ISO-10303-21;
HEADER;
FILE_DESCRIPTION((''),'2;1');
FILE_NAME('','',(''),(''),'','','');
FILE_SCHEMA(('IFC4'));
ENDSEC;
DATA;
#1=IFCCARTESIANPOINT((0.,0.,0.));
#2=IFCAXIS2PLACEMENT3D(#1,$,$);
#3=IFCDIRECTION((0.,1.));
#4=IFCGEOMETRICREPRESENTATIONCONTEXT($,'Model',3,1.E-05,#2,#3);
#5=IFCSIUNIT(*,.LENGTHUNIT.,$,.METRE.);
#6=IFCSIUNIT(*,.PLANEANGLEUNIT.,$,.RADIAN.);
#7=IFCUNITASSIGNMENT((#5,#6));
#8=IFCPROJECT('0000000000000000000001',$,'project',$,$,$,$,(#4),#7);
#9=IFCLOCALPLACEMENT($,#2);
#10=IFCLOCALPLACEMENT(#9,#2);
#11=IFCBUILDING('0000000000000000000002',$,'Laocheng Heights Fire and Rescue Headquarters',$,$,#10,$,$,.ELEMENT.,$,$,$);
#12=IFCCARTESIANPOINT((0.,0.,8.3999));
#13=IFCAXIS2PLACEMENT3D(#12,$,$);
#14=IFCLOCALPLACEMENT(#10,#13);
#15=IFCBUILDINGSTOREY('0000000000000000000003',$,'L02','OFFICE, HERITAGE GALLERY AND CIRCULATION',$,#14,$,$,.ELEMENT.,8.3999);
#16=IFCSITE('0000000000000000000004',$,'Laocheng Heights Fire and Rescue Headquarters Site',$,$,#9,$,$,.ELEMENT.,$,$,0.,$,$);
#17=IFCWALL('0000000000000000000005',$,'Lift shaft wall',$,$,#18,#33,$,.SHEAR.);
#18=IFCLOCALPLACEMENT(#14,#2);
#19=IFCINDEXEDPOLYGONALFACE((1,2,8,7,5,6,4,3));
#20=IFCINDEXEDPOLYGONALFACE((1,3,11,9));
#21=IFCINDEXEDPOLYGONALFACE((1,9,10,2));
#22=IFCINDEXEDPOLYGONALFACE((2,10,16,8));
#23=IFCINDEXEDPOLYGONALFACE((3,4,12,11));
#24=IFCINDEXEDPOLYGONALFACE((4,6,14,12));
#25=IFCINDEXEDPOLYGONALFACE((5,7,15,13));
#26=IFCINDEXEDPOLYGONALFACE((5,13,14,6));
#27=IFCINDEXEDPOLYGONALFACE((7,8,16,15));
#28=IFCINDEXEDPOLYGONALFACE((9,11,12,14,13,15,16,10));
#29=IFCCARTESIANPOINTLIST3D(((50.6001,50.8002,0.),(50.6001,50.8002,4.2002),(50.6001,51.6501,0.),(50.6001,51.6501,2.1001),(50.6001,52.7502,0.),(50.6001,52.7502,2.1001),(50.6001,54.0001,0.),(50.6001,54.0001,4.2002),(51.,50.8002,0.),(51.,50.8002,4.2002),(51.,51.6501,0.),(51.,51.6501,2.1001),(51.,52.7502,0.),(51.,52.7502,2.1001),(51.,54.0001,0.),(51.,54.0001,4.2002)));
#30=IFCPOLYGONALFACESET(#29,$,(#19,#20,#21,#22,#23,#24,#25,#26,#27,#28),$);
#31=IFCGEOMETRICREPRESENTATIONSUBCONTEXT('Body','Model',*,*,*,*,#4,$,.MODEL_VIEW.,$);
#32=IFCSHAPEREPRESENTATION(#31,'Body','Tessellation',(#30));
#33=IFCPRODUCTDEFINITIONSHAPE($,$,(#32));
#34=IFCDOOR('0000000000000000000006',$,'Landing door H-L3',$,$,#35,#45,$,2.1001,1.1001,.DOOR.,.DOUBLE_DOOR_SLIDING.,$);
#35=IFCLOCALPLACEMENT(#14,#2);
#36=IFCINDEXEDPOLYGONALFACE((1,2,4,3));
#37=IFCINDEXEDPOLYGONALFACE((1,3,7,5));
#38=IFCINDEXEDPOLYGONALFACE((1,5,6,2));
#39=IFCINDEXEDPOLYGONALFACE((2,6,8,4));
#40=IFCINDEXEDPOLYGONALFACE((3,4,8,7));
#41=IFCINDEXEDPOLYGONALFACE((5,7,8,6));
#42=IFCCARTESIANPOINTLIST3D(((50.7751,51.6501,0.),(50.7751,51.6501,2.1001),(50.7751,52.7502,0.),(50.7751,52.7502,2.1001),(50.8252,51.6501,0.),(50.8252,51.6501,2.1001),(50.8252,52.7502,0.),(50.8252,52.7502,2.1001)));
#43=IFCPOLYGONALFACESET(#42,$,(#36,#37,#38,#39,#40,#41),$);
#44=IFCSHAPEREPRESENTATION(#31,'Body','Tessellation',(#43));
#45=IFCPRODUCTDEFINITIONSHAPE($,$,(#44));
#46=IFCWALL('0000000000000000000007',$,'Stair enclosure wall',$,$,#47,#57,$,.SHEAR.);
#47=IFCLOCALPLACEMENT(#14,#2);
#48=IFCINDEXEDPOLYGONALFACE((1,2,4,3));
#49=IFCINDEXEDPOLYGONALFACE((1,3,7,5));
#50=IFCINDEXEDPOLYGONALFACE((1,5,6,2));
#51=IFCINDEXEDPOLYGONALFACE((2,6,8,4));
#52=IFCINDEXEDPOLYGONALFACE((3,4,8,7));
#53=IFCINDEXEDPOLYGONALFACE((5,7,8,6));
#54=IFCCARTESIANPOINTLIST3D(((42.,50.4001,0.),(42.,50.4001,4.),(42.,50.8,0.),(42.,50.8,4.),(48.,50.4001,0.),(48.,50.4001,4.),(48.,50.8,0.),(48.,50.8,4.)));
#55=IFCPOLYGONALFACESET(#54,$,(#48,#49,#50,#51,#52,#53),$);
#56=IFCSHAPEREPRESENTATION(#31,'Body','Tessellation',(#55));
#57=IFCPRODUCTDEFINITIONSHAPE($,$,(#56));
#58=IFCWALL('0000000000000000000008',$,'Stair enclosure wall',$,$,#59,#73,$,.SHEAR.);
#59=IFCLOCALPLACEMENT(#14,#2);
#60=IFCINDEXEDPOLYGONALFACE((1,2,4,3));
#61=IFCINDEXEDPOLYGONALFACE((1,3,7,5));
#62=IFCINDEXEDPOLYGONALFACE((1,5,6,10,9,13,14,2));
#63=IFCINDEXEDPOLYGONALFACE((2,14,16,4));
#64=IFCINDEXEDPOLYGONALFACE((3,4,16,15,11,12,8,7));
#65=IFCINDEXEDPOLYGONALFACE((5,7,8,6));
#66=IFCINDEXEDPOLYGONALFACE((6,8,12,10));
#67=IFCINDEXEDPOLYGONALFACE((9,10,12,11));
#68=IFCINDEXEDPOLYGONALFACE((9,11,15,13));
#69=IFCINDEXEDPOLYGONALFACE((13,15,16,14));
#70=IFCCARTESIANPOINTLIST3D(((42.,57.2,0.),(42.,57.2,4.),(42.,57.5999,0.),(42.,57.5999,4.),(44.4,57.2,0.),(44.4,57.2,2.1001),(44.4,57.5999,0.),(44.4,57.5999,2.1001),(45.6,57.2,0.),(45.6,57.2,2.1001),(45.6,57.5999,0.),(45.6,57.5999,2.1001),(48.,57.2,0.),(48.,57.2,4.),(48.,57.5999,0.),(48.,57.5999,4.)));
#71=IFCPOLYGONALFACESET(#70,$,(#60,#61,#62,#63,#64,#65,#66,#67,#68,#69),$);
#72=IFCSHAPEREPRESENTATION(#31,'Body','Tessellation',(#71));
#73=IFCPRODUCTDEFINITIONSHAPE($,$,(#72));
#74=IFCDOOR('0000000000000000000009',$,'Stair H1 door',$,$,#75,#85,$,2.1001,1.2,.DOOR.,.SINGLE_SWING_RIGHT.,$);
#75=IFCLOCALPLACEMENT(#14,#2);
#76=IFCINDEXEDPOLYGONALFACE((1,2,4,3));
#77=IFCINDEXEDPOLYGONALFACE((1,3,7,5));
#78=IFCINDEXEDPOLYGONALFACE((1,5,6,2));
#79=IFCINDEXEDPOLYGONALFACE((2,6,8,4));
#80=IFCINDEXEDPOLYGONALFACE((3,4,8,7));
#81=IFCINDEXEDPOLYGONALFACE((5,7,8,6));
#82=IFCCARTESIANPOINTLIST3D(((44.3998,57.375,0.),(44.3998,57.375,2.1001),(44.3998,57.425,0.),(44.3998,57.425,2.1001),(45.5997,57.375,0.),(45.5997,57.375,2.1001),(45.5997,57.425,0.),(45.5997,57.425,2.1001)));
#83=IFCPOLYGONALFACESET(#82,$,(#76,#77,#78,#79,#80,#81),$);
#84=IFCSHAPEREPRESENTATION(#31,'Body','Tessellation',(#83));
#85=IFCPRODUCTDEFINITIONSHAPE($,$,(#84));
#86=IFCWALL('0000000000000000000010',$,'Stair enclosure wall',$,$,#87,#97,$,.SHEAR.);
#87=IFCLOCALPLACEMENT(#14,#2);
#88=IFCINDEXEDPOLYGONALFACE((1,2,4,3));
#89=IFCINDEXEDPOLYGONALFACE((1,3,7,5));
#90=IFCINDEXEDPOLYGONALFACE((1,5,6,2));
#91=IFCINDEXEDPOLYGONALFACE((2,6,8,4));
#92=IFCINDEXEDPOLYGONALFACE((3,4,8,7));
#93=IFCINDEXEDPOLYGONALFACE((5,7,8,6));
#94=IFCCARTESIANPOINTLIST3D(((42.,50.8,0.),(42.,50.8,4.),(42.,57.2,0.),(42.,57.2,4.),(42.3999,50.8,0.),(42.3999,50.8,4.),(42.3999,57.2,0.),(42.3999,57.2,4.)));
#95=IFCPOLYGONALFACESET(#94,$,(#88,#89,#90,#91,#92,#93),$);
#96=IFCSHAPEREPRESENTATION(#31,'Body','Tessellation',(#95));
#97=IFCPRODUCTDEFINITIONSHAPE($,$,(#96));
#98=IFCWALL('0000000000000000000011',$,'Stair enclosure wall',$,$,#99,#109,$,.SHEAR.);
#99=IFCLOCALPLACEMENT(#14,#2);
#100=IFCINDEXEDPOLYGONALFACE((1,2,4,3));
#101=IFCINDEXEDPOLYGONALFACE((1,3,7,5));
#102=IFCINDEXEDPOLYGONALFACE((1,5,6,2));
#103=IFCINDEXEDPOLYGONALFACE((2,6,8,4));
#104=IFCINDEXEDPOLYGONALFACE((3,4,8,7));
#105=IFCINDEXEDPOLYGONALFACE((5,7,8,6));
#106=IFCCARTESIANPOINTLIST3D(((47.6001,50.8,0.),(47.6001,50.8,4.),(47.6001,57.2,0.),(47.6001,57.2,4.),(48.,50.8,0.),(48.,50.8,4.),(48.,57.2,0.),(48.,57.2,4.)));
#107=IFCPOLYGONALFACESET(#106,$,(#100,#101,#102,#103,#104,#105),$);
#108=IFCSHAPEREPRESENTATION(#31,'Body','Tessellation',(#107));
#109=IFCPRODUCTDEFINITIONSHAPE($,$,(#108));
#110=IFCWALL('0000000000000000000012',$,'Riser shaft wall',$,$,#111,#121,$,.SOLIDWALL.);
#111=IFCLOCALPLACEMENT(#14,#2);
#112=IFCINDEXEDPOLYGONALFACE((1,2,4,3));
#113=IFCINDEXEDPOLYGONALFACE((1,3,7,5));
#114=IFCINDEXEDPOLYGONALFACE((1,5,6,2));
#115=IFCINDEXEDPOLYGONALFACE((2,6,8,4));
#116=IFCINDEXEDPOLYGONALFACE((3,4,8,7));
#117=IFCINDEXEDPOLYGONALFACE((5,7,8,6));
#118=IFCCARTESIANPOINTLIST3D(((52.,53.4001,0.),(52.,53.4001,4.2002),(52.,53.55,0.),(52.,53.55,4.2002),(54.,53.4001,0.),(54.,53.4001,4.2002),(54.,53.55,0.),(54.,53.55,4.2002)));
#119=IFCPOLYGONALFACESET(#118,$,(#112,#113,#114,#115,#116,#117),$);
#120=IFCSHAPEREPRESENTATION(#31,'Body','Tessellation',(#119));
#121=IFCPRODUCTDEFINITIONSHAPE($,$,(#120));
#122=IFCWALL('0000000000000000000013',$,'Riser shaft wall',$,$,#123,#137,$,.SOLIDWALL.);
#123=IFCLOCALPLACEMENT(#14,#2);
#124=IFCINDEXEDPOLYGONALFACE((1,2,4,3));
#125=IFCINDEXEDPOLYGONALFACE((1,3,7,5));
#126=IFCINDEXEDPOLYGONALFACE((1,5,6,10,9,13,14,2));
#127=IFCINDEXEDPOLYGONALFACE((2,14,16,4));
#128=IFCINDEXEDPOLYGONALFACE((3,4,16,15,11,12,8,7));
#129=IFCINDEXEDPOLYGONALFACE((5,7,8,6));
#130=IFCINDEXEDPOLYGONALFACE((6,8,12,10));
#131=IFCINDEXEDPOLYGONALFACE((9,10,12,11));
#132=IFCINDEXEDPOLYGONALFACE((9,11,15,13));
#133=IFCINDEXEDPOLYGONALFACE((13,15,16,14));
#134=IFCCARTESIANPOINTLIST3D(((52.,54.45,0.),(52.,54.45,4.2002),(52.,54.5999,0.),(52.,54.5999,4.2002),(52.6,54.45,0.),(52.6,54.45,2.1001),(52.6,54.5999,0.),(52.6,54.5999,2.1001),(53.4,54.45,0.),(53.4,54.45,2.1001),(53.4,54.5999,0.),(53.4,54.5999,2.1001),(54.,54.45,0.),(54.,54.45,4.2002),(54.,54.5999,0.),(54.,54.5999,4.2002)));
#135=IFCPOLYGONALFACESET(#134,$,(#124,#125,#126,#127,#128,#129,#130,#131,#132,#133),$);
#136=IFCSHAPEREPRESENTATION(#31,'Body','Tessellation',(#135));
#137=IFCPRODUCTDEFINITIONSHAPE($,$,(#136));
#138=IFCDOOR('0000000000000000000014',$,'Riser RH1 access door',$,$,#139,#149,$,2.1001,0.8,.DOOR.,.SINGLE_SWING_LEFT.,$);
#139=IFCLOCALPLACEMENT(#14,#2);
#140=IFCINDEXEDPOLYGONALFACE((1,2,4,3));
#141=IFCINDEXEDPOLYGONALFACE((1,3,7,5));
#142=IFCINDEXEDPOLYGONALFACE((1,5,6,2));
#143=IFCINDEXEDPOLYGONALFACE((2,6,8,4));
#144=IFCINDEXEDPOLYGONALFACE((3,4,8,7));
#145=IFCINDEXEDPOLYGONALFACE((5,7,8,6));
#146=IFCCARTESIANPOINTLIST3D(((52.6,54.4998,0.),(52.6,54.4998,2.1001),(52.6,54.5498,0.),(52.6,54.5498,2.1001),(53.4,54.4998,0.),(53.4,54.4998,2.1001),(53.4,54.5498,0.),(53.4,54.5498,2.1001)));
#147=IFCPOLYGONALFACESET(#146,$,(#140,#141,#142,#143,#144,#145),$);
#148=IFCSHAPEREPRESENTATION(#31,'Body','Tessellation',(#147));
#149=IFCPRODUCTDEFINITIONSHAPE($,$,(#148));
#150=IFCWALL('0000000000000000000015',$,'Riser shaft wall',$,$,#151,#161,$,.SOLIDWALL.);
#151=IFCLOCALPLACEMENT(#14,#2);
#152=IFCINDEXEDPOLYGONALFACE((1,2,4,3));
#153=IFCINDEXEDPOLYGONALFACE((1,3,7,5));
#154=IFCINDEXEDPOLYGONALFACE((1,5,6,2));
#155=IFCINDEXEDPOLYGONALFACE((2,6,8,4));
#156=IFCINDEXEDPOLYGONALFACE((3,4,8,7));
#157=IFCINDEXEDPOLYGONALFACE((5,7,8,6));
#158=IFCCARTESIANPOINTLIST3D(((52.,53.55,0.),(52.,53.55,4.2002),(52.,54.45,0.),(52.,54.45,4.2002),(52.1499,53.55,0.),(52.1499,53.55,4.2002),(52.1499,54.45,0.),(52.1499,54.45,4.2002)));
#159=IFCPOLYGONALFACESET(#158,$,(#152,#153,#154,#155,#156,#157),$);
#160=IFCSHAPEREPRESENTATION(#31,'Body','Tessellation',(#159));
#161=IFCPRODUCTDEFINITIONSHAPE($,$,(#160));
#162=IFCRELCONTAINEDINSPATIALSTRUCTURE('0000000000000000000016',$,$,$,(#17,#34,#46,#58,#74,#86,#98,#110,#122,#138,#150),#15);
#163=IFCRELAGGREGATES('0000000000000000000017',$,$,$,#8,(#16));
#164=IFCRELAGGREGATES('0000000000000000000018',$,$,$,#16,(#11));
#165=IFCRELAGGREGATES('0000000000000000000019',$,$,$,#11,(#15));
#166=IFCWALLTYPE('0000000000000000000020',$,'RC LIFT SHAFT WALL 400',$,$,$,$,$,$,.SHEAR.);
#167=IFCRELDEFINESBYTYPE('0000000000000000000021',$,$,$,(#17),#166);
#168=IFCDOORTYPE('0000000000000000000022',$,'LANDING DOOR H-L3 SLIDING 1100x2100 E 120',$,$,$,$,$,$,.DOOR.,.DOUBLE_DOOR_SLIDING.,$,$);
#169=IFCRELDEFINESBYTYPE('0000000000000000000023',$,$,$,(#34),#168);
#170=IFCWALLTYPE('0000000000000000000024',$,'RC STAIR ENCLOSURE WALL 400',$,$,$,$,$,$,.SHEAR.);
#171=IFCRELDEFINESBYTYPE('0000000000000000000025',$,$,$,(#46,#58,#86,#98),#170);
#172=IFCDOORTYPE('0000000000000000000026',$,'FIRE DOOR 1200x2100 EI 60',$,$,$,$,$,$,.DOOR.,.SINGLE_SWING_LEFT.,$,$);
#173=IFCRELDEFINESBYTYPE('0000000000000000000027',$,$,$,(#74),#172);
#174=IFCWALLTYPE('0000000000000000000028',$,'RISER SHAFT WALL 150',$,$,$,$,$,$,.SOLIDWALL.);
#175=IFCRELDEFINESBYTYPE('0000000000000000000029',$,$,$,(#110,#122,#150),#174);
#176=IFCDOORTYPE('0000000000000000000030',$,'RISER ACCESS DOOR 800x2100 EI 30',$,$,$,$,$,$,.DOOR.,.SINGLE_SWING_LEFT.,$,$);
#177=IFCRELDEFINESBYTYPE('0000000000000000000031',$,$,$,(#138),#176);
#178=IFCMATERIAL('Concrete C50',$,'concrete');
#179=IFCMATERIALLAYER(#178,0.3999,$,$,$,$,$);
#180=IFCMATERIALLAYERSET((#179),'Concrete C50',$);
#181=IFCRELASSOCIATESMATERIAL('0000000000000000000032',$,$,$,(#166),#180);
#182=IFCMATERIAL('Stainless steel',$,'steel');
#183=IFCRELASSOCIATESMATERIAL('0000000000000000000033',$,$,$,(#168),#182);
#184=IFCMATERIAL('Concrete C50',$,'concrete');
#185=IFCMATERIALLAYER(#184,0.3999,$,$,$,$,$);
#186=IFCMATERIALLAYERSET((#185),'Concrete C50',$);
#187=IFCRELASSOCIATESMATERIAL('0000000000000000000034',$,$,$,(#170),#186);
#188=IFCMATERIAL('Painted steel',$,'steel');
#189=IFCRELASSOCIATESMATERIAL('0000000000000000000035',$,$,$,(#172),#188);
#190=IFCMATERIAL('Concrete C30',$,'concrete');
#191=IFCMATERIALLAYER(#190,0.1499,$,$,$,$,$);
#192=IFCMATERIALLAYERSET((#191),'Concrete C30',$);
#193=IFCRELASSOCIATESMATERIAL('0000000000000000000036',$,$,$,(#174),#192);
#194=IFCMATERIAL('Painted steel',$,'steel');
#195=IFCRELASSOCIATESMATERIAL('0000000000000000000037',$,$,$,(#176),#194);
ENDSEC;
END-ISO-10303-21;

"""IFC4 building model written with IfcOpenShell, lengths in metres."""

from ifc_helpers import new_model, si_unit, direction, frame, frame_2d, origin, place, context, subcontext, project, spatial, rectangle, extrude, material, layer, layer_set, type_object, element, fill, save


model = new_model("IFC4")

# Units and contexts
model_context = context("Model", 3, precision=1e-05, world=origin(), true_north=direction((0.0, 1.0)))
body_context = subcontext(model_context, "Body", "Model", "MODEL_VIEW")
ifc_project = project(units=[si_unit("LENGTHUNIT", "METRE"), si_unit("PLANEANGLEUNIT", "RADIAN")], contexts=[model_context])

# Site, building, storey
site_placement = place(None, origin())
site = spatial("IfcSite", under=ifc_project, at=site_placement, Name="Laocheng Heights Fire and Rescue Headquarters Site", CompositionType="ELEMENT", RefElevation=0.0)
building_placement = place(site_placement, origin())
building = spatial("IfcBuilding", under=site, at=building_placement, Name="Laocheng Heights Fire and Rescue Headquarters", CompositionType="ELEMENT")
storey_placement = place(building_placement, frame((0.0, 0.0, 8.3999)))
storey = spatial("IfcBuildingStorey", under=building, at=storey_placement, Name="L02", Description="OFFICE, HERITAGE GALLERY AND CIRCULATION", CompositionType="ELEMENT", Elevation=8.3999)

# Shared definitions
ifc_material_1 = material(Name="Concrete C50", Category="concrete")
ifc_layer_1 = layer(ifc_material_1, 0.3999)
ifc_layer_set_1 = layer_set([ifc_layer_1], Name="Concrete C50")
wall_type_1 = type_object("IfcWallType", Name="RC LIFT SHAFT WALL 400", PredefinedType="SHEAR", material=ifc_layer_set_1)

# Wall, opening, door
wall_1_placement = place(storey_placement, frame((50.8, 50.8, 0.0), z_axis=(0.0, 0.0, 1.0), x_axis=(0.0, 1.0, 0.0)))
wall_1 = element("IfcWall", 1, at=wall_1_placement, inside=storey, type_object=wall_type_1, Name="Lift shaft wall", PredefinedType="SHEAR", context=body_context, shape_type="SweptSolid", body=[
    extrude(rectangle(XDim=3.2, YDim=0.3999, at=frame_2d((1.6001, 0.0))), origin(), (0.0, 0.0, 1.0), 4.2002),
])
opening_1_placement = place(wall_1_placement, frame((0.8501, 0.0, 0.0)))
opening_1 = element("IfcOpeningElement", 2, at=opening_1_placement, cuts=wall_1, PredefinedType="OPENING", context=body_context, shape_type="SweptSolid", body=[
    extrude(rectangle(XDim=1.1001, YDim=2.1001, at=frame_2d((0.55, 1.05))), frame((0.0, 0.21, 0.0), z_axis=(0.0, -1.0, 0.0), x_axis=(1.0, 0.0, 0.0)), (0.0, 0.0, 1.0), 0.4199),
])
ifc_material_2 = material(Name="Stainless steel", Category="steel")
door_type_1 = type_object("IfcDoorType", Name="LANDING DOOR H-L3 SLIDING 1100x2100 E 120", OperationType="DOUBLE_DOOR_SLIDING", PredefinedType="DOOR", material=ifc_material_2)
door_1_placement = place(opening_1_placement, origin())
door_1 = element("IfcDoor", 3, at=door_1_placement, inside=storey, type_object=door_type_1, Name="Landing door H-L3", OperationType="DOUBLE_DOOR_SLIDING", OverallHeight=2.1001, OverallWidth=1.1001, PredefinedType="DOOR", context=body_context, shape_type="SweptSolid", body=[
    extrude(rectangle(XDim=1.1001, YDim=2.1001, at=frame_2d((0.55, 1.05))), frame((0.0, 0.0249, 0.0), z_axis=(0.0, -1.0, 0.0), x_axis=(1.0, 0.0, 0.0)), (0.0, 0.0, 1.0), 0.05),
])
fill(opening_1, door_1)

# Wall
ifc_material_3 = material(Name="Concrete C50", Category="concrete")
ifc_layer_2 = layer(ifc_material_3, 0.3999)
ifc_layer_set_2 = layer_set([ifc_layer_2], Name="Concrete C50")
wall_type_2 = type_object("IfcWallType", Name="RC STAIR ENCLOSURE WALL 400", PredefinedType="SHEAR", material=ifc_layer_set_2)
wall_2_placement = place(storey_placement, frame((42.0, 50.6001, 0.0), z_axis=(0.0, 0.0, 1.0), x_axis=(1.0, 0.0, 0.0)))
element("IfcWall", 4, at=wall_2_placement, inside=storey, type_object=wall_type_2, Name="Stair enclosure wall", PredefinedType="SHEAR", context=body_context, shape_type="SweptSolid", body=[
    extrude(rectangle(XDim=6.0, YDim=0.3999, at=frame_2d((3.0, 0.0))), origin(), (0.0, 0.0, 1.0), 4.0),
])

# Wall, opening, door
wall_3_placement = place(storey_placement, frame((42.0, 57.3999, 0.0), z_axis=(0.0, 0.0, 1.0), x_axis=(1.0, 0.0, 0.0)))
wall_3 = element("IfcWall", 5, at=wall_3_placement, inside=storey, type_object=wall_type_2, Name="Stair enclosure wall", PredefinedType="SHEAR", context=body_context, shape_type="SweptSolid", body=[
    extrude(rectangle(XDim=6.0, YDim=0.3999, at=frame_2d((3.0, 0.0))), origin(), (0.0, 0.0, 1.0), 4.0),
])
opening_2_placement = place(wall_3_placement, frame((2.3999, 0.0, 0.0)))
opening_2 = element("IfcOpeningElement", 6, at=opening_2_placement, cuts=wall_3, PredefinedType="OPENING", context=body_context, shape_type="SweptSolid", body=[
    extrude(rectangle(XDim=1.2, YDim=2.1001, at=frame_2d((0.6001, 1.05))), frame((0.0, 0.21, 0.0), z_axis=(0.0, -1.0, 0.0), x_axis=(1.0, 0.0, 0.0)), (0.0, 0.0, 1.0), 0.4199),
])
ifc_material_4 = material(Name="Painted steel", Category="steel")
door_type_2 = type_object("IfcDoorType", Name="FIRE DOOR 1200x2100 EI 60", OperationType="SINGLE_SWING_LEFT", PredefinedType="DOOR", material=ifc_material_4)
door_2_placement = place(opening_2_placement, frame((1.2, 0.0, 0.0), z_axis=(0.0, 0.0, 1.0), x_axis=(-1.0, 0.0, 0.0)))
door_2 = element("IfcDoor", 7, at=door_2_placement, inside=storey, type_object=door_type_2, Name="Stair H1 door", OperationType="SINGLE_SWING_RIGHT", OverallHeight=2.1001, OverallWidth=1.2, PredefinedType="DOOR", context=body_context, shape_type="SweptSolid", body=[
    extrude(rectangle(XDim=1.2, YDim=2.1001, at=frame_2d((0.6001, 1.05))), frame((0.0, 0.0249, 0.0), z_axis=(0.0, -1.0, 0.0), x_axis=(1.0, 0.0, 0.0)), (0.0, 0.0, 1.0), 0.05),
])
fill(opening_2, door_2)

# Walls
for number, where, z_axis, x_axis, name in (
    (8, (42.2, 50.8, 0.0), (0.0, 0.0, 1.0), (0.0, 1.0, 0.0), "Stair enclosure wall"),
    (9, (47.8, 50.8, 0.0), (0.0, 0.0, 1.0), (0.0, 1.0, 0.0), "Stair enclosure wall"),
):
    element("IfcWall", number, at=place(storey_placement, frame(where, z_axis=z_axis, x_axis=x_axis)), inside=storey, type_object=wall_type_2, Name=name, PredefinedType="SHEAR", context=body_context, shape_type="SweptSolid", body=[
        extrude(rectangle(XDim=6.3999, YDim=0.3999, at=frame_2d((3.2, 0.0))), origin(), (0.0, 0.0, 1.0), 4.0),
    ])
ifc_material_5 = material(Name="Concrete C30", Category="concrete")
ifc_layer_3 = layer(ifc_material_5, 0.1499)
ifc_layer_set_3 = layer_set([ifc_layer_3], Name="Concrete C30")
wall_type_3 = type_object("IfcWallType", Name="RISER SHAFT WALL 150", PredefinedType="SOLIDWALL", material=ifc_layer_set_3)
wall_4_placement = place(storey_placement, frame((52.0, 53.4751, 0.0), z_axis=(0.0, 0.0, 1.0), x_axis=(1.0, 0.0, 0.0)))
element("IfcWall", 10, at=wall_4_placement, inside=storey, type_object=wall_type_3, Name="Riser shaft wall", PredefinedType="SOLIDWALL", context=body_context, shape_type="SweptSolid", body=[
    extrude(rectangle(XDim=2.0, YDim=0.1499, at=frame_2d((1.0, 0.0))), origin(), (0.0, 0.0, 1.0), 4.2002),
])

# Wall, opening, door
wall_5_placement = place(storey_placement, frame((52.0, 54.5249, 0.0), z_axis=(0.0, 0.0, 1.0), x_axis=(1.0, 0.0, 0.0)))
wall_5 = element("IfcWall", 11, at=wall_5_placement, inside=storey, type_object=wall_type_3, Name="Riser shaft wall", PredefinedType="SOLIDWALL", context=body_context, shape_type="SweptSolid", body=[
    extrude(rectangle(XDim=2.0, YDim=0.1499, at=frame_2d((1.0, 0.0))), origin(), (0.0, 0.0, 1.0), 4.2002),
])
opening_3_placement = place(wall_5_placement, frame((0.6001, 0.0, 0.0)))
opening_3 = element("IfcOpeningElement", 12, at=opening_3_placement, cuts=wall_5, PredefinedType="OPENING", context=body_context, shape_type="SweptSolid", body=[
    extrude(rectangle(XDim=0.8, YDim=2.1001, at=frame_2d((0.3999, 1.05))), frame((0.0, 0.085, 0.0), z_axis=(0.0, -1.0, 0.0), x_axis=(1.0, 0.0, 0.0)), (0.0, 0.0, 1.0), 0.1699),
])
ifc_material_6 = material(Name="Painted steel", Category="steel")
door_type_3 = type_object("IfcDoorType", Name="RISER ACCESS DOOR 800x2100 EI 30", OperationType="SINGLE_SWING_LEFT", PredefinedType="DOOR", material=ifc_material_6)
door_3_placement = place(opening_3_placement, origin())
door_3 = element("IfcDoor", 13, at=door_3_placement, inside=storey, type_object=door_type_3, Name="Riser RH1 access door", OperationType="SINGLE_SWING_LEFT", OverallHeight=2.1001, OverallWidth=0.8, PredefinedType="DOOR", context=body_context, shape_type="SweptSolid", body=[
    extrude(rectangle(XDim=0.8, YDim=2.1001, at=frame_2d((0.3999, 1.05))), frame((0.0, 0.0249, 0.0), z_axis=(0.0, -1.0, 0.0), x_axis=(1.0, 0.0, 0.0)), (0.0, 0.0, 1.0), 0.05),
])
fill(opening_3, door_3)

# Wall
wall_6_placement = place(storey_placement, frame((52.075, 53.55, 0.0), z_axis=(0.0, 0.0, 1.0), x_axis=(0.0, 1.0, 0.0)))
element("IfcWall", 14, at=wall_6_placement, inside=storey, type_object=wall_type_3, Name="Riser shaft wall", PredefinedType="SOLIDWALL", context=body_context, shape_type="SweptSolid", body=[
    extrude(rectangle(XDim=0.8999, YDim=0.1499, at=frame_2d((0.45, 0.0))), origin(), (0.0, 0.0, 1.0), 4.2002),
])

save(model, "model.ifc")
